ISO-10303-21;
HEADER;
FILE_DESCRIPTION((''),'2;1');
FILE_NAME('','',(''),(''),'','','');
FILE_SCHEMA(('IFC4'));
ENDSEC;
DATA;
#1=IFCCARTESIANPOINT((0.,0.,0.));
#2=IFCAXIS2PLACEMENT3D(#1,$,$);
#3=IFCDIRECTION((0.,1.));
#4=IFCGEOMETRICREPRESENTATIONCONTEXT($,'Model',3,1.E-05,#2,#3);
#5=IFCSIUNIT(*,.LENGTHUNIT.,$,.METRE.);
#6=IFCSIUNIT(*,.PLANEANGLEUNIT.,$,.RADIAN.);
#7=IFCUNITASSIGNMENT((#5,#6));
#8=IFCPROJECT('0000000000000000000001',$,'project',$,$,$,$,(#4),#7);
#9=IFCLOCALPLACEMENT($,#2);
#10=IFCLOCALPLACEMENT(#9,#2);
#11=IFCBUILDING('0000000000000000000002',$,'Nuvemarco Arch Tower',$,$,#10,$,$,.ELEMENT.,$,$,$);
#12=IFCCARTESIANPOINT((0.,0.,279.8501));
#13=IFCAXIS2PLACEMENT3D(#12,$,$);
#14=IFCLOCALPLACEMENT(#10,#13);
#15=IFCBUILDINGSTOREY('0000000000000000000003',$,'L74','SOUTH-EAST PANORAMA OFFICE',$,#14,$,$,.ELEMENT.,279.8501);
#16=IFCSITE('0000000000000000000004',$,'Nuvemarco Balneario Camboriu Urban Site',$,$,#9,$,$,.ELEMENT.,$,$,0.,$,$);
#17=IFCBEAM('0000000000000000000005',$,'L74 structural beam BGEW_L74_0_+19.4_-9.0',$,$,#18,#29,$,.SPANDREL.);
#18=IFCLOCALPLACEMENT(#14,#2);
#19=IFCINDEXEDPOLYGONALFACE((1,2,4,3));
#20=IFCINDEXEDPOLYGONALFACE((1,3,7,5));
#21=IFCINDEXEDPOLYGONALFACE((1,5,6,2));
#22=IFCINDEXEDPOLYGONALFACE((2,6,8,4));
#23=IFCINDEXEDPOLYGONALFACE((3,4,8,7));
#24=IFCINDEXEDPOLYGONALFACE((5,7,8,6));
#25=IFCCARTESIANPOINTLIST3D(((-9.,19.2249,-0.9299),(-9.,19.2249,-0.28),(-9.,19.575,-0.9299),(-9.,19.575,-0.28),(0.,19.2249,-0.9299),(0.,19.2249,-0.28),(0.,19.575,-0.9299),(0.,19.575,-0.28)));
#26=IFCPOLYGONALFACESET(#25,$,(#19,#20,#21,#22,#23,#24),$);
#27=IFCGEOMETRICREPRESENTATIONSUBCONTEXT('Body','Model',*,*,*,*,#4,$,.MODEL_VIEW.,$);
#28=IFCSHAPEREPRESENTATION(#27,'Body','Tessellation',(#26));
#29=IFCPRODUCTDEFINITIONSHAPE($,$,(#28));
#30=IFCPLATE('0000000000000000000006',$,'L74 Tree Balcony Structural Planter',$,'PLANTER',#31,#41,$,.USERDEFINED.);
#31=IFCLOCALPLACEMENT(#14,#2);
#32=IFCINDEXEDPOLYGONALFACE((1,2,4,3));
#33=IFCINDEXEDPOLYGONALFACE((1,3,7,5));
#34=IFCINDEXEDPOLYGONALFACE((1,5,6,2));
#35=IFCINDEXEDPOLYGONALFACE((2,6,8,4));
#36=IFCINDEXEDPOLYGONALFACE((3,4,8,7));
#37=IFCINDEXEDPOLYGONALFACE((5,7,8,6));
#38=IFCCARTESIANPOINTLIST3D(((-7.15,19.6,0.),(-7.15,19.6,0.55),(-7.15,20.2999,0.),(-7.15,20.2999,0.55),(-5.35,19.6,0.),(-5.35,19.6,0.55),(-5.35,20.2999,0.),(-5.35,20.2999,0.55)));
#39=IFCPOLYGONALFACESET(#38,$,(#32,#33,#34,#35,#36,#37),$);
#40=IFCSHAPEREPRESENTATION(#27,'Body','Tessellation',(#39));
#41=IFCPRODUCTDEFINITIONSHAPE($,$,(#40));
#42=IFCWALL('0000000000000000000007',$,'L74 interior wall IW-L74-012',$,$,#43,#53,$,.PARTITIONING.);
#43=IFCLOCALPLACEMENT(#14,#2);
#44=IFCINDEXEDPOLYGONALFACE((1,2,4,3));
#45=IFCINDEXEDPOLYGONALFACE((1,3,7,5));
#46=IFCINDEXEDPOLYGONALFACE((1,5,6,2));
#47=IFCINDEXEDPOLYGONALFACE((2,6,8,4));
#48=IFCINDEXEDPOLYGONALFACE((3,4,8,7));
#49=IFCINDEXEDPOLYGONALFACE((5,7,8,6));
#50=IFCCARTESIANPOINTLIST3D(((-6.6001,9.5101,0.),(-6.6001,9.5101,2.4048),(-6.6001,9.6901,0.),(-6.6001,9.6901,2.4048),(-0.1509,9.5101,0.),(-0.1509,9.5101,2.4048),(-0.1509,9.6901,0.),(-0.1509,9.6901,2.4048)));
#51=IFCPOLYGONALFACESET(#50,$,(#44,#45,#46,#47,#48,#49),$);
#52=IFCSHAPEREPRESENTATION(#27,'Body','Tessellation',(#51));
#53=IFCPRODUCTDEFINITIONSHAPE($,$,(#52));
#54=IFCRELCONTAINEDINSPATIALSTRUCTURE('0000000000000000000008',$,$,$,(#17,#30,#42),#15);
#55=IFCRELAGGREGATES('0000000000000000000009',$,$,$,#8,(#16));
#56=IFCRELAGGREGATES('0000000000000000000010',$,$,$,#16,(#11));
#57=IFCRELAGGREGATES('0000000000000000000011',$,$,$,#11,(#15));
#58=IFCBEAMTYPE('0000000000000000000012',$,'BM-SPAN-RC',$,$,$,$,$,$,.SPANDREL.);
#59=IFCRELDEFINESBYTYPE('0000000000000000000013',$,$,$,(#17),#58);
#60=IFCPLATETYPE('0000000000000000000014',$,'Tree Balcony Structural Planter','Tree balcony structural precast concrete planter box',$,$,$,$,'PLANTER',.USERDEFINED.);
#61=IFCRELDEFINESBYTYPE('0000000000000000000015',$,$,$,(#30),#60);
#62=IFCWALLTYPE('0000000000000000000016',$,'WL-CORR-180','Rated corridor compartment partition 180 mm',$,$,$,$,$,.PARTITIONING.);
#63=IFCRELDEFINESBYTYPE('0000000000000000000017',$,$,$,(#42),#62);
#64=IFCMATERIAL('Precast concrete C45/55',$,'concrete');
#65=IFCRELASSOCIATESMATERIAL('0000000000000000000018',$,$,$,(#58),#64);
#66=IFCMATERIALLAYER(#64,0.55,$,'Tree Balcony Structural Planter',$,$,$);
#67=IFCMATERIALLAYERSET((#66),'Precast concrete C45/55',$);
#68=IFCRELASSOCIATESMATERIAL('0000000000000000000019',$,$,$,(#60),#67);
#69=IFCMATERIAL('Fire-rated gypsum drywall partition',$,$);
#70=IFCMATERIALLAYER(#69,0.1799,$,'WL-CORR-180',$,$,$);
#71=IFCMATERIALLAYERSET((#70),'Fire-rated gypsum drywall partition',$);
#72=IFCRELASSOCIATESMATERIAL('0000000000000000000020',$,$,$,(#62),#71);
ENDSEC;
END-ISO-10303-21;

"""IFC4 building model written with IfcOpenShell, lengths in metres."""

from ifc_helpers import new_model, si_unit, direction, frame, frame_2d, origin, origin_2d, place, context, subcontext, project, spatial, rectangle, extrude, source, transform, mapped, material, layer, layer_set, material_profile, profile_set, type_object, type_shapes, element, save


model = new_model("IFC4")

# Units and contexts
model_context = context("Model", 3, precision=1e-05, world=origin(), true_north=direction((0.0, 1.0)))
body_context = subcontext(model_context, "Body", "Model", "MODEL_VIEW")
ifc_project = project(units=[si_unit("LENGTHUNIT", "METRE"), si_unit("PLANEANGLEUNIT", "RADIAN")], contexts=[model_context])

# Site, building, storey
site_placement = place(None, origin())
site = spatial("IfcSite", under=ifc_project, at=site_placement, Name="Nuvemarco Balneario Camboriu Urban Site", CompositionType="ELEMENT", RefElevation=0.0)
building_placement = place(site_placement, origin())
building = spatial("IfcBuilding", under=site, at=building_placement, Name="Nuvemarco Arch Tower", CompositionType="ELEMENT")
storey_placement = place(building_placement, frame((0.0, 0.0, 279.8501)))
storey = spatial("IfcBuildingStorey", under=building, at=storey_placement, Name="L74", Description="SOUTH-EAST PANORAMA OFFICE", CompositionType="ELEMENT", Elevation=279.8501)

# Beam
ifc_material_1 = material(Name="Precast concrete C45/55", Category="concrete")
ifc_material_profile_1 = material_profile(ifc_material_1, rectangle(XDim=0.3501, YDim=0.6499, at=origin_2d()), Name="PC-SP-350x650")
ifc_profile_set_1 = profile_set([ifc_material_profile_1], Name="Precast concrete C45/55")
beam_type_1 = type_object("IfcBeamType", Name="BM-SPAN-RC", PredefinedType="SPANDREL", material=ifc_profile_set_1)
beam_1_placement = place(storey_placement, frame((-9.0, 19.3999, -0.605), z_axis=(1.0, 0.0, 0.0), x_axis=(0.0, 1.0, 0.0)))
element("IfcBeam", 1, at=beam_1_placement, inside=storey, type_object=beam_type_1, Name="L74 structural beam BGEW_L74_0_+19.4_-9.0", PredefinedType="SPANDREL", context=body_context, shape_type="SweptSolid", body=[
    extrude(rectangle(XDim=0.3501, YDim=0.6499, at=origin_2d()), origin(), (0.0, 0.0, 1.0), 9.0),
])

# Plate
ifc_layer_1 = layer(ifc_material_1, 0.55, Name="Tree Balcony Structural Planter")
ifc_layer_set_1 = layer_set([ifc_layer_1], Name="Precast concrete C45/55")
plate_type = type_object("IfcPlateType", Name="Tree Balcony Structural Planter", Description="Tree balcony structural precast concrete planter box", ElementType="PLANTER", PredefinedType="USERDEFINED", material=ifc_layer_set_1)
shared_shape_1 = source(origin(), body_context, "Body", "SweptSolid", [
    extrude(rectangle(XDim=1.8, YDim=0.7, at=origin_2d()), origin(), (0.0, 0.0, 1.0), 0.55),
])
type_shapes(plate_type, [shared_shape_1])
plate_placement = place(storey_placement, frame((-6.25, 19.95, 0.0), z_axis=(0.0, 0.0, 1.0), x_axis=(1.0, 0.0, 0.0)))
element("IfcPlate", 2, at=plate_placement, inside=storey, type_object=plate_type, Name="L74 Tree Balcony Structural Planter", ObjectType="PLANTER", PredefinedType="USERDEFINED", context=body_context, shape_type="MappedRepresentation", body=[
    mapped(shared_shape_1, transform((0.0, 0.0, 0.0), scale=1.0)),
])

# Wall
ifc_material_2 = material(Name="Fire-rated gypsum drywall partition")
ifc_layer_2 = layer(ifc_material_2, 0.1799, Name="WL-CORR-180")
ifc_layer_set_2 = layer_set([ifc_layer_2], Name="Fire-rated gypsum drywall partition")
wall_type_1 = type_object("IfcWallType", Name="WL-CORR-180", Description="Rated corridor compartment partition 180 mm", PredefinedType="PARTITIONING", material=ifc_layer_set_2)
wall_1_placement = place(storey_placement, frame((-6.6001, 9.6001, 0.0), z_axis=(0.0, 0.0, 1.0), x_axis=(1.0, 0.0, 0.0)))
element("IfcWall", 3, at=wall_1_placement, inside=storey, type_object=wall_type_1, Name="L74 interior wall IW-L74-012", PredefinedType="PARTITIONING", context=body_context, shape_type="SweptSolid", body=[
    extrude(rectangle(XDim=6.4492, YDim=0.1799, at=frame_2d((3.2246, 0.0))), origin(), (0.0, 0.0, 1.0), 2.4048),
])

save(model, "model.ifc")
